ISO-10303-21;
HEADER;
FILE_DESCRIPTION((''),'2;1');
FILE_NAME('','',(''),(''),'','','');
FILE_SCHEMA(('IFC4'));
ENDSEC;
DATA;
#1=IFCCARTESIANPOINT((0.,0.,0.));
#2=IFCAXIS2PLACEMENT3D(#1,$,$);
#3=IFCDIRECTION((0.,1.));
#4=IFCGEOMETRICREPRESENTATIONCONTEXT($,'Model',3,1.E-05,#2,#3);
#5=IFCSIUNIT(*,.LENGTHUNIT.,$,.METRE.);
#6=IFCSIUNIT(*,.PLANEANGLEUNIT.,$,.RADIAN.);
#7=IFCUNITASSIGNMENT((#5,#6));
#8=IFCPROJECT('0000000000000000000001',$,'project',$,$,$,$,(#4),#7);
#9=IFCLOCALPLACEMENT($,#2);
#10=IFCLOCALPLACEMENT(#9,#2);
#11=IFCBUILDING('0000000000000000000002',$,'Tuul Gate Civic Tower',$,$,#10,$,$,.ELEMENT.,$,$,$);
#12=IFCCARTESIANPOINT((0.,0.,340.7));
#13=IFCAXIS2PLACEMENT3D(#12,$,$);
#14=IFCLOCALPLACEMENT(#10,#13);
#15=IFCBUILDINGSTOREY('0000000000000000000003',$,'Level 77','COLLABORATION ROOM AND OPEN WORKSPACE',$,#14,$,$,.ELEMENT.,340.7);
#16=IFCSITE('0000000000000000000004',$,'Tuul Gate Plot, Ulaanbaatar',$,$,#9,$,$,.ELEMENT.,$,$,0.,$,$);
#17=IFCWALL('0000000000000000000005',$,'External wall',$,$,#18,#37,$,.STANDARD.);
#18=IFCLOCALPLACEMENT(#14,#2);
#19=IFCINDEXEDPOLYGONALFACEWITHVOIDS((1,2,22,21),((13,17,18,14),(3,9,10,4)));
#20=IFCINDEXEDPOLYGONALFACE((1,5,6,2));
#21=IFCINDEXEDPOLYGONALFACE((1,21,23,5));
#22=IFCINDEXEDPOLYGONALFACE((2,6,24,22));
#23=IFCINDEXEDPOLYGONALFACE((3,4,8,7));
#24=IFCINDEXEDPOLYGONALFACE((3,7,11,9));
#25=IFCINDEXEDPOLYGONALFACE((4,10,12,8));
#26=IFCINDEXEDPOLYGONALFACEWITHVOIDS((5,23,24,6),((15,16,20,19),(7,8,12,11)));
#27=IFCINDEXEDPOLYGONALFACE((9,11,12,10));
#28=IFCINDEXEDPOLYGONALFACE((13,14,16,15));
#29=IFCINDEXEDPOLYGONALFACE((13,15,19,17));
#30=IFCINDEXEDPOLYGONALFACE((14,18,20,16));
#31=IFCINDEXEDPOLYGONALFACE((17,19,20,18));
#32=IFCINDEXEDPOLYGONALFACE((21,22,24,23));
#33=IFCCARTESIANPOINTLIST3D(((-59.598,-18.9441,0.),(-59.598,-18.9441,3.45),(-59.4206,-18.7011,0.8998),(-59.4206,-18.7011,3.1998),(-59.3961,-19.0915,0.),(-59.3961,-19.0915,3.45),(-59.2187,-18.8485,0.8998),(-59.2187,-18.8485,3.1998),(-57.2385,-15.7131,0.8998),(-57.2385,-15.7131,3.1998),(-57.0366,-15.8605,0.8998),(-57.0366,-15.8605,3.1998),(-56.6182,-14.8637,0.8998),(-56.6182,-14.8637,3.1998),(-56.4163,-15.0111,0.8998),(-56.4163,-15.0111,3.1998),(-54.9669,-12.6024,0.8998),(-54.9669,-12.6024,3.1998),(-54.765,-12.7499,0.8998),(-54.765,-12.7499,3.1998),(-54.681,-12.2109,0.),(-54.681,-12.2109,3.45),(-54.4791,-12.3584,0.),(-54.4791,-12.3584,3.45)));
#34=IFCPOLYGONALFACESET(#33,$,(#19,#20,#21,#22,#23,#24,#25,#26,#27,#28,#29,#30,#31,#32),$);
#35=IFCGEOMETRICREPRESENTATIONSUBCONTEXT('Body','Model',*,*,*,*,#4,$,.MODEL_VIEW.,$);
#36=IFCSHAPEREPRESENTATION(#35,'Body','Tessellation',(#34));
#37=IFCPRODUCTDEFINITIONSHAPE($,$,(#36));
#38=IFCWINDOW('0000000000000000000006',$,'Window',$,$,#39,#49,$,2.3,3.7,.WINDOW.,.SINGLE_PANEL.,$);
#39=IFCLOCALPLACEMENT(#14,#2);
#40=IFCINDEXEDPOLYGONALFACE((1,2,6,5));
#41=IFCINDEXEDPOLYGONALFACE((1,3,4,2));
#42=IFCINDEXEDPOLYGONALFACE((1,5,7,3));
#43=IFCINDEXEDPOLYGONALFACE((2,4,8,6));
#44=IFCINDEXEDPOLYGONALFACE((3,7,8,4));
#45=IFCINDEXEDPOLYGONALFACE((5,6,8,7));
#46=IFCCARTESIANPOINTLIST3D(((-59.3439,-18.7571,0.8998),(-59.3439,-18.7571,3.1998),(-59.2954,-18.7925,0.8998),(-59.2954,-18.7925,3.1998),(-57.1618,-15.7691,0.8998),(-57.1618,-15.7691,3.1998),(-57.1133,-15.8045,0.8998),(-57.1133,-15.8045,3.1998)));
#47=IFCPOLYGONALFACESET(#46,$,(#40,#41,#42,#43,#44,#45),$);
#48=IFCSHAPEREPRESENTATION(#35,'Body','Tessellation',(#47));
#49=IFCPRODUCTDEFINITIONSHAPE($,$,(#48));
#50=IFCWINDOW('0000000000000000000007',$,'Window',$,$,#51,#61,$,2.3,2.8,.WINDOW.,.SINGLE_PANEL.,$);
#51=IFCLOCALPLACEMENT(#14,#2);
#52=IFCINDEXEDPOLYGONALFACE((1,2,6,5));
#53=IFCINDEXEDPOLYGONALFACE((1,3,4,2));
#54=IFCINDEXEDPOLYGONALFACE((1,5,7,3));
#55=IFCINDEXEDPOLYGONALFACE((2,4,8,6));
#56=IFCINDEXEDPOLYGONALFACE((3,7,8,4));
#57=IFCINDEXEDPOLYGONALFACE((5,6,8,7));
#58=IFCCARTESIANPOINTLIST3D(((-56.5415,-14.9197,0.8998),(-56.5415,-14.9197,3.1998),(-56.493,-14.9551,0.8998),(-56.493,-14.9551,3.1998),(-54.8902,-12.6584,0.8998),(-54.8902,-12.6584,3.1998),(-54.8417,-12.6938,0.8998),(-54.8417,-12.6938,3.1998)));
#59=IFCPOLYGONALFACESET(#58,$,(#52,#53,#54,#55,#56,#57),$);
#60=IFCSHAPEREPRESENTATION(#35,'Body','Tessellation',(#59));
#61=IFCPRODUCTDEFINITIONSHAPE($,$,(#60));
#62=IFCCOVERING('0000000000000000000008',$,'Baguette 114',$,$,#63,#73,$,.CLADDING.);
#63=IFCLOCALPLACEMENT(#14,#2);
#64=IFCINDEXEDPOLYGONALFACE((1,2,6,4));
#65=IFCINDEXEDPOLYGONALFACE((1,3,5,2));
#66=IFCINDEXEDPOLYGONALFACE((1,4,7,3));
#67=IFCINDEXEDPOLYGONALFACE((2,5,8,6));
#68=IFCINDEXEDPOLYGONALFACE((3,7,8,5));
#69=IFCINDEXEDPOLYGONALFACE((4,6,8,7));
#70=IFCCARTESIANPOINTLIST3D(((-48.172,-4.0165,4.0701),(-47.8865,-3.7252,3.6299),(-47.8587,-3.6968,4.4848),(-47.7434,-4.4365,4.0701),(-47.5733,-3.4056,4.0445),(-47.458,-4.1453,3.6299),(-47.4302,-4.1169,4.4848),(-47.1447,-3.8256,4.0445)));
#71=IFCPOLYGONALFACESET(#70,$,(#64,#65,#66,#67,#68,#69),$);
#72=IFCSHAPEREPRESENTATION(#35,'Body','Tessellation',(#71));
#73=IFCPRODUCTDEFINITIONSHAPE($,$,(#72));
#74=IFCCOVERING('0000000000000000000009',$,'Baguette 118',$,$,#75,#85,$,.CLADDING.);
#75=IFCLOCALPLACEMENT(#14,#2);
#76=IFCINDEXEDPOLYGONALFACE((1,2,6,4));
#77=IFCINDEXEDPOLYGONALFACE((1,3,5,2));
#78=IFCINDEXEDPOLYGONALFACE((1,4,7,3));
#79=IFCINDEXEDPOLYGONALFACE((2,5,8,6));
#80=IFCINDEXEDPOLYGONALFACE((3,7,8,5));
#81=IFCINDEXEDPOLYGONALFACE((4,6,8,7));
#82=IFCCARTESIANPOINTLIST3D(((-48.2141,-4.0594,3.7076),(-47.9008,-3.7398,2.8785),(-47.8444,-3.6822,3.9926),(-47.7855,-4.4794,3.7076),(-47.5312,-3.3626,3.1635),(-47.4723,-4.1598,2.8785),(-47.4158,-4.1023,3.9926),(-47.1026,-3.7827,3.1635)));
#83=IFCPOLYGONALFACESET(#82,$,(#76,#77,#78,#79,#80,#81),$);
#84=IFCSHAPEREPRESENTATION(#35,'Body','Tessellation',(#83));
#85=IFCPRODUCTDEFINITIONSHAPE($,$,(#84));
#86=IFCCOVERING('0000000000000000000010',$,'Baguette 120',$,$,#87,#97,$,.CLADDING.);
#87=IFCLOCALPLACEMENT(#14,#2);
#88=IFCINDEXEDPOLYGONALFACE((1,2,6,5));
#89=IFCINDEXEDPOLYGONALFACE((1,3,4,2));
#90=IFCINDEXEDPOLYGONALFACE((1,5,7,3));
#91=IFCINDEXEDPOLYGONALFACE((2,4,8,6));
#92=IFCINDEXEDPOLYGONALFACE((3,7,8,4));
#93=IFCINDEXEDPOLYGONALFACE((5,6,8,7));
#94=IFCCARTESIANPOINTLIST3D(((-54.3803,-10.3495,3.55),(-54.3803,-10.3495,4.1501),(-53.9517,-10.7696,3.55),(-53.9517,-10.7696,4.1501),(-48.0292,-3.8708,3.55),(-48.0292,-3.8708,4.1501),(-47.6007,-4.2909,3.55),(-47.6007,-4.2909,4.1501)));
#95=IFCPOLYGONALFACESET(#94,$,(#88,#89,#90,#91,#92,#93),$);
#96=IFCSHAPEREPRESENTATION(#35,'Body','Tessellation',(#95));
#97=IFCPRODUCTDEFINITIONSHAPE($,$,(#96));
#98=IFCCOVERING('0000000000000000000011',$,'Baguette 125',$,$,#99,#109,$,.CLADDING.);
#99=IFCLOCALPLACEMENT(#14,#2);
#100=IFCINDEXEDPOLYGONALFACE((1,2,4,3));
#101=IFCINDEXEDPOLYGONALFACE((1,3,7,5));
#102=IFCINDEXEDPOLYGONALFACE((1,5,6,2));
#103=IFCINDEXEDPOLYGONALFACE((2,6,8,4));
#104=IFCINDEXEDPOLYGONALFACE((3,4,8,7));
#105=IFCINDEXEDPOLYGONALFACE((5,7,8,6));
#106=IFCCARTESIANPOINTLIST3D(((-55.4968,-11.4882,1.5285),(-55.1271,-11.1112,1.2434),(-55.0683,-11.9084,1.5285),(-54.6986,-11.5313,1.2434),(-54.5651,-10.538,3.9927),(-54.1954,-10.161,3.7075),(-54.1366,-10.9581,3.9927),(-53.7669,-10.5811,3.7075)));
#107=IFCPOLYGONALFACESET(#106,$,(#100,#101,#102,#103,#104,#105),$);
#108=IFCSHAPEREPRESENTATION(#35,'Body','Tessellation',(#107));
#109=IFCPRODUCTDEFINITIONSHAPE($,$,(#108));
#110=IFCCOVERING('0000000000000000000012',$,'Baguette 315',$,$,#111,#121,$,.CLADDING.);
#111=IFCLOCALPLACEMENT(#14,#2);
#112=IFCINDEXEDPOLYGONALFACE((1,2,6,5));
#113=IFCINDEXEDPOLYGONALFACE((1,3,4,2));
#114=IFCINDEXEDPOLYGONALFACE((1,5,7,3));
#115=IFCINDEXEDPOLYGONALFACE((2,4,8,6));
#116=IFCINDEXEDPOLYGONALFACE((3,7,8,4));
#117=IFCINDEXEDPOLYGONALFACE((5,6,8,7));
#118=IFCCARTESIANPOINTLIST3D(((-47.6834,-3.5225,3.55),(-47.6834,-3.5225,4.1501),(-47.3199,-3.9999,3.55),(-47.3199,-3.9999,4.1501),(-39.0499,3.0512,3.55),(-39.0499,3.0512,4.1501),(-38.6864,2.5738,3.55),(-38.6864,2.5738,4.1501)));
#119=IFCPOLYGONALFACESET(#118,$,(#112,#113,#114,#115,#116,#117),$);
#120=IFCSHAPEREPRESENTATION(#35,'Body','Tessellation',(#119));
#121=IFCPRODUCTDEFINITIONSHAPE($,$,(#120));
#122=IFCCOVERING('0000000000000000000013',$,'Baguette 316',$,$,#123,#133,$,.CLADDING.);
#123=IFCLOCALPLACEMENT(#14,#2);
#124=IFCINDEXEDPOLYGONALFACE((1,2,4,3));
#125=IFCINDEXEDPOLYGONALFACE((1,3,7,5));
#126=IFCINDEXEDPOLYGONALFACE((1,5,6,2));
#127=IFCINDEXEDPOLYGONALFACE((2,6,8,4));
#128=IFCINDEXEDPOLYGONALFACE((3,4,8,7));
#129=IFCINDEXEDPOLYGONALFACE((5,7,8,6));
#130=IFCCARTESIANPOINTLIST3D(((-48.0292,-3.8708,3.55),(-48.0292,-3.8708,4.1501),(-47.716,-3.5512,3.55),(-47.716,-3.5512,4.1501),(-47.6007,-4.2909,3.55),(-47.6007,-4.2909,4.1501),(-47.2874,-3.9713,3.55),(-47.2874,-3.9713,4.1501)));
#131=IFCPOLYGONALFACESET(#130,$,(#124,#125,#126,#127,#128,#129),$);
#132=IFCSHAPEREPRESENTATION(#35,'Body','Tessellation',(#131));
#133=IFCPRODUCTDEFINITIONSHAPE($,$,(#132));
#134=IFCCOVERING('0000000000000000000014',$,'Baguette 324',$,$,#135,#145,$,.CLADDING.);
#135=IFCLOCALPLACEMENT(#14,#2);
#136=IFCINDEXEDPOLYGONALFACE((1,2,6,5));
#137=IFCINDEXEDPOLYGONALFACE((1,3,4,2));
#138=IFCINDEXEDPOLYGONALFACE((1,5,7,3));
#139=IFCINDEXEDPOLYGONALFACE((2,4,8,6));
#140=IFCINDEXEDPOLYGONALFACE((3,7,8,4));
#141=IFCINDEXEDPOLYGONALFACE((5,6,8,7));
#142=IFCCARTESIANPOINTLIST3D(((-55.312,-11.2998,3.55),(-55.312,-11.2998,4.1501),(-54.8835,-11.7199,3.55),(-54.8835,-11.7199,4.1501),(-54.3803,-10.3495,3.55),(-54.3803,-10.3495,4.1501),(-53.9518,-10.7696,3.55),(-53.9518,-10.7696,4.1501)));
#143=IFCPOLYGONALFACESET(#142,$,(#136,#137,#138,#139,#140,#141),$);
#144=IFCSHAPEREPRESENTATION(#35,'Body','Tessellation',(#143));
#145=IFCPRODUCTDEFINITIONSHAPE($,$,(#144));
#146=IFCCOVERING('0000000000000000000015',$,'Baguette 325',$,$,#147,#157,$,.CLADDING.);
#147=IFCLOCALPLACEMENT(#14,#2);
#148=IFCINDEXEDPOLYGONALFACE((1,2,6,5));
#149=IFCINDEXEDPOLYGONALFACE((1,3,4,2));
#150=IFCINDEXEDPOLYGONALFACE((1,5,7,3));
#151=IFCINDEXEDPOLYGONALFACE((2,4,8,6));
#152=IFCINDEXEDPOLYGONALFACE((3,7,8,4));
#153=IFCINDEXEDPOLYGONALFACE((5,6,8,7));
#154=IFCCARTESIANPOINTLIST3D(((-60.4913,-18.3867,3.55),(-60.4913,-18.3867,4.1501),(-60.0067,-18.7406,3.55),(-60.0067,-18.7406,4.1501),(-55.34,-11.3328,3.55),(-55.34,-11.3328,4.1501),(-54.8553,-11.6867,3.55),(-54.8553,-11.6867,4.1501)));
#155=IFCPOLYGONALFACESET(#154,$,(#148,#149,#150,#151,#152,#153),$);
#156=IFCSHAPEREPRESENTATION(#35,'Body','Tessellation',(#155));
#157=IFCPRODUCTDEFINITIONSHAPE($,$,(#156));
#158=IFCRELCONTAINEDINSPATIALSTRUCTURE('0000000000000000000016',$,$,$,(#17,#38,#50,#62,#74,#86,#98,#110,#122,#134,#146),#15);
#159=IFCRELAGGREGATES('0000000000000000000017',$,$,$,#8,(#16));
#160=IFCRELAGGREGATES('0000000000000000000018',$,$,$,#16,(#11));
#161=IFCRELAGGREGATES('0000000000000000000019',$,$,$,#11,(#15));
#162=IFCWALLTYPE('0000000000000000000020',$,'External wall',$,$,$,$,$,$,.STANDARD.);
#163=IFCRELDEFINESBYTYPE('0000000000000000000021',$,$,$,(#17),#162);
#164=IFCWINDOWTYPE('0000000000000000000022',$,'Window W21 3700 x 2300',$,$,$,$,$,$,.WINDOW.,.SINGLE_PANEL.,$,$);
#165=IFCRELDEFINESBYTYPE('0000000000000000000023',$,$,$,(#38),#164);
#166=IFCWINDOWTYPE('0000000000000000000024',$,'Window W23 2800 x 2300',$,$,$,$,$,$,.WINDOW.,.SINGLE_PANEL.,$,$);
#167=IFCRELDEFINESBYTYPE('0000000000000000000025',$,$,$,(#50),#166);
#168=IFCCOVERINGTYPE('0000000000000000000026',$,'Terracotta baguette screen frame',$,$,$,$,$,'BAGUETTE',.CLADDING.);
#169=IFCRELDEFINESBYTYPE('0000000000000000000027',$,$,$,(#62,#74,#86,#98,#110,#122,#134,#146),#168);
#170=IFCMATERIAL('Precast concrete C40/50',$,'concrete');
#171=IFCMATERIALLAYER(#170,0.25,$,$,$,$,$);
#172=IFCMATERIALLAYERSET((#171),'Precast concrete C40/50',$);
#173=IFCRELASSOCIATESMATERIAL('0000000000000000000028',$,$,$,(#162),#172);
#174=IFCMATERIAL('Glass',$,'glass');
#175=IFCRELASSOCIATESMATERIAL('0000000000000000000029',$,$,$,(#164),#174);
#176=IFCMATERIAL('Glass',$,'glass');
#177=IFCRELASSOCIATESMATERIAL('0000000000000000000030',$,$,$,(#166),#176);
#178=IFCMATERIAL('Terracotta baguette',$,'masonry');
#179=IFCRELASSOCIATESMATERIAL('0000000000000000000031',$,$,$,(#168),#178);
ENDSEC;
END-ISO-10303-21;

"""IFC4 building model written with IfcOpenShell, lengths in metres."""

from ifc_helpers import new_model, si_unit, direction, frame, frame_2d, origin, origin_2d, place, context, subcontext, project, spatial, rectangle, extrude, material, layer, layer_set, material_profile, profile_set, type_object, element, fill, save


model = new_model("IFC4")

# Units and contexts
model_context = context("Model", 3, precision=1e-05, world=origin(), true_north=direction((0.0, 1.0)))
body_context = subcontext(model_context, "Body", "Model", "MODEL_VIEW")
ifc_project = project(units=[si_unit("LENGTHUNIT", "METRE"), si_unit("PLANEANGLEUNIT", "RADIAN")], contexts=[model_context])

# Site, building, storey
site_placement = place(None, origin())
site = spatial("IfcSite", under=ifc_project, at=site_placement, Name="Tuul Gate Plot, Ulaanbaatar", CompositionType="ELEMENT", RefElevation=0.0)
building_placement = place(site_placement, origin())
building = spatial("IfcBuilding", under=site, at=building_placement, Name="Tuul Gate Civic Tower", CompositionType="ELEMENT")
storey_placement = place(building_placement, frame((0.0, 0.0, 340.7)))
storey = spatial("IfcBuildingStorey", under=building, at=storey_placement, Name="Level 77", Description="COLLABORATION ROOM AND OPEN WORKSPACE", CompositionType="ELEMENT", Elevation=340.7)

# Wall, openings, windows
ifc_material_1 = material(Name="Precast concrete C40/50", Category="concrete")
ifc_layer_1 = layer(ifc_material_1, 0.25)
ifc_layer_set_1 = layer_set([ifc_layer_1], Name="Precast concrete C40/50")
wall_type_1 = type_object("IfcWallType", Name="External wall", PredefinedType="STANDARD", material=ifc_layer_set_1)
wall_1_placement = place(storey_placement, frame((-54.5801, -12.2847, 0.0), z_axis=(0.0, 0.0, 1.0), x_axis=(-0.589752, -0.807585, 0.0)))
wall_1 = element("IfcWall", 1, at=wall_1_placement, inside=storey, type_object=wall_type_1, Name="External wall", PredefinedType="STANDARD", context=body_context, shape_type="SweptSolid", body=[
    extrude(rectangle(XDim=8.3374, YDim=0.25, at=frame_2d((4.1687, 0.0))), origin(), (0.0, 0.0, 1.0), 3.45),
])
opening_1_placement = place(wall_1_placement, frame((0.4849, 0.0, 0.8999)))
opening_1 = element("IfcOpeningElement", 2, at=opening_1_placement, cuts=wall_1, PredefinedType="OPENING", context=body_context, shape_type="SweptSolid", body=[
    extrude(rectangle(XDim=2.8, YDim=2.3, at=frame_2d((1.3999, 1.1499))), frame((0.0, 0.135, 0.0), z_axis=(0.0, -1.0, 0.0), x_axis=(1.0, 0.0, 0.0)), (0.0, 0.0, 1.0), 0.27),
])
opening_2_placement = place(wall_1_placement, frame((4.3364, 0.0, 0.8999)))
opening_2 = element("IfcOpeningElement", 3, at=opening_2_placement, cuts=wall_1, PredefinedType="OPENING", context=body_context, shape_type="SweptSolid", body=[
    extrude(rectangle(XDim=3.7, YDim=2.3, at=frame_2d((1.8501, 1.1499))), frame((0.0, 0.135, 0.0), z_axis=(0.0, -1.0, 0.0), x_axis=(1.0, 0.0, 0.0)), (0.0, 0.0, 1.0), 0.27),
])
ifc_material_2 = material(Name="Glass", Category="glass")
window_type_1 = type_object("IfcWindowType", Name="Window W21 3700 x 2300", PartitioningType="SINGLE_PANEL", PredefinedType="WINDOW", material=ifc_material_2)
window_1_placement = place(opening_2_placement, origin())
window_1 = element("IfcWindow", 4, at=window_1_placement, inside=storey, type_object=window_type_1, Name="Window", OverallHeight=2.3, OverallWidth=3.7, PartitioningType="SINGLE_PANEL", PredefinedType="WINDOW", context=body_context, shape_type="SweptSolid", body=[
    extrude(rectangle(XDim=3.7, YDim=2.3, at=frame_2d((1.8501, 1.1499))), frame((0.0, 0.03, 0.0), z_axis=(0.0, -1.0, 0.0), x_axis=(1.0, 0.0, 0.0)), (0.0, 0.0, 1.0), 0.0601),
])
fill(opening_2, window_1)
ifc_material_3 = material(Name="Glass", Category="glass")
window_type_2 = type_object("IfcWindowType", Name="Window W23 2800 x 2300", PartitioningType="SINGLE_PANEL", PredefinedType="WINDOW", material=ifc_material_3)
window_2_placement = place(opening_1_placement, origin())
window_2 = element("IfcWindow", 5, at=window_2_placement, inside=storey, type_object=window_type_2, Name="Window", OverallHeight=2.3, OverallWidth=2.8, PartitioningType="SINGLE_PANEL", PredefinedType="WINDOW", context=body_context, shape_type="SweptSolid", body=[
    extrude(rectangle(XDim=2.8, YDim=2.3, at=frame_2d((1.3999, 1.1499))), frame((0.0, 0.03, 0.0), z_axis=(0.0, -1.0, 0.0), x_axis=(1.0, 0.0, 0.0)), (0.0, 0.0, 1.0), 0.0601),
])
fill(opening_1, window_2)

# Coverings
ifc_material_4 = material(Name="Terracotta baguette", Category="masonry")
ifc_material_profile_1 = material_profile(ifc_material_4, rectangle(XDim=0.6001, YDim=0.6001, at=origin_2d()), Name="Terracotta baguette screen frame")
ifc_profile_set_1 = profile_set([ifc_material_profile_1], Name="Terracotta baguette")
covering_type = type_object("IfcCoveringType", Name="Terracotta baguette screen frame", ElementType="BAGUETTE", PredefinedType="CLADDING", material=ifc_profile_set_1)
covering_1_placement = place(storey_placement, frame((-47.5017, -3.7612, 4.2646), z_axis=(-0.513497, -0.523903, -0.679593), x_axis=(0.714164, -0.699979, 0.0)))
element("IfcCovering", 6, at=covering_1_placement, inside=storey, type_object=covering_type, Name="Baguette 114", PredefinedType="CLADDING", context=body_context, shape_type="SweptSolid", body=[
    extrude(rectangle(XDim=0.6001, YDim=0.6001, at=origin_2d()), origin(), (0.0, 0.0, 1.0), 0.6101),
])
covering_2_placement = place(storey_placement, frame((-47.8149, -4.0808, 3.8501), z_axis=(0.332464, 0.339201, -0.880006), x_axis=(-0.714164, 0.699979, 0.0)))
element("IfcCovering", 7, at=covering_2_placement, inside=storey, type_object=covering_type, Name="Baguette 118", PredefinedType="CLADDING", context=body_context, shape_type="SweptSolid", body=[
    extrude(rectangle(XDim=0.6001, YDim=0.6001, at=origin_2d()), origin(), (0.0, 0.0, 1.0), 0.9421),
])
covering_3_placement = place(storey_placement, frame((-47.8149, -4.0808, 3.8501), z_axis=(-0.700035, -0.714109, 0.0), x_axis=(0.714109, -0.700035, 0.0)))
element("IfcCovering", 8, at=covering_3_placement, inside=storey, type_object=covering_type, Name="Baguette 120", PredefinedType="CLADDING", context=body_context, shape_type="SweptSolid", body=[
    extrude(rectangle(XDim=0.6001, YDim=0.6001, at=origin_2d()), origin(), (0.0, 0.0, 1.0), 9.0725),
])
covering_4_placement = place(storey_placement, frame((-54.166, -10.5596, 3.8501), z_axis=(-0.332672, -0.339298, -0.87989), x_axis=(0.714044, -0.700101, 0.0)))
element("IfcCovering", 9, at=covering_4_placement, inside=storey, type_object=covering_type, Name="Baguette 125", PredefinedType="CLADDING", context=body_context, shape_type="SweptSolid", body=[
    extrude(rectangle(XDim=0.6001, YDim=0.6001, at=origin_2d()), origin(), (0.0, 0.0, 1.0), 2.8005),
])
covering_5_placement = place(storey_placement, frame((-38.8682, 2.8125, 3.8501), z_axis=(-0.795619, -0.605798, 0.0), x_axis=(0.605798, -0.795619, 0.0)))
element("IfcCovering", 10, at=covering_5_placement, inside=storey, type_object=covering_type, Name="Baguette 315", PredefinedType="CLADDING", context=body_context, shape_type="SweptSolid", body=[
    extrude(rectangle(XDim=0.6001, YDim=0.6001, at=origin_2d()), origin(), (0.0, 0.0, 1.0), 10.8513),
])
covering_6_placement = place(storey_placement, frame((-47.5017, -3.7612, 3.8501), z_axis=(-0.699979, -0.714164, 0.0), x_axis=(0.714164, -0.699979, 0.0)))
element("IfcCovering", 11, at=covering_6_placement, inside=storey, type_object=covering_type, Name="Baguette 316", PredefinedType="CLADDING", context=body_context, shape_type="SweptSolid", body=[
    extrude(rectangle(XDim=0.6001, YDim=0.6001, at=origin_2d()), origin(), (0.0, 0.0, 1.0), 0.4475),
])
covering_7_placement = place(storey_placement, frame((-54.166, -10.5596, 3.8501), z_axis=(-0.700101, -0.714044, 0.0), x_axis=(0.714044, -0.700101, 0.0)))
element("IfcCovering", 12, at=covering_7_placement, inside=storey, type_object=covering_type, Name="Baguette 324", PredefinedType="CLADDING", context=body_context, shape_type="SweptSolid", body=[
    extrude(rectangle(XDim=0.6001, YDim=0.6001, at=origin_2d()), origin(), (0.0, 0.0, 1.0), 1.3308),
])
covering_8_placement = place(storey_placement, frame((-55.0977, -11.5098, 3.8501), z_axis=(-0.589759, -0.807579, 0.0), x_axis=(0.807579, -0.589759, 0.0)))
element("IfcCovering", 13, at=covering_8_placement, inside=storey, type_object=covering_type, Name="Baguette 325", PredefinedType="CLADDING", context=body_context, shape_type="SweptSolid", body=[
    extrude(rectangle(XDim=0.6001, YDim=0.6001, at=origin_2d()), origin(), (0.0, 0.0, 1.0), 8.7346),
])

save(model, "model.ifc")
